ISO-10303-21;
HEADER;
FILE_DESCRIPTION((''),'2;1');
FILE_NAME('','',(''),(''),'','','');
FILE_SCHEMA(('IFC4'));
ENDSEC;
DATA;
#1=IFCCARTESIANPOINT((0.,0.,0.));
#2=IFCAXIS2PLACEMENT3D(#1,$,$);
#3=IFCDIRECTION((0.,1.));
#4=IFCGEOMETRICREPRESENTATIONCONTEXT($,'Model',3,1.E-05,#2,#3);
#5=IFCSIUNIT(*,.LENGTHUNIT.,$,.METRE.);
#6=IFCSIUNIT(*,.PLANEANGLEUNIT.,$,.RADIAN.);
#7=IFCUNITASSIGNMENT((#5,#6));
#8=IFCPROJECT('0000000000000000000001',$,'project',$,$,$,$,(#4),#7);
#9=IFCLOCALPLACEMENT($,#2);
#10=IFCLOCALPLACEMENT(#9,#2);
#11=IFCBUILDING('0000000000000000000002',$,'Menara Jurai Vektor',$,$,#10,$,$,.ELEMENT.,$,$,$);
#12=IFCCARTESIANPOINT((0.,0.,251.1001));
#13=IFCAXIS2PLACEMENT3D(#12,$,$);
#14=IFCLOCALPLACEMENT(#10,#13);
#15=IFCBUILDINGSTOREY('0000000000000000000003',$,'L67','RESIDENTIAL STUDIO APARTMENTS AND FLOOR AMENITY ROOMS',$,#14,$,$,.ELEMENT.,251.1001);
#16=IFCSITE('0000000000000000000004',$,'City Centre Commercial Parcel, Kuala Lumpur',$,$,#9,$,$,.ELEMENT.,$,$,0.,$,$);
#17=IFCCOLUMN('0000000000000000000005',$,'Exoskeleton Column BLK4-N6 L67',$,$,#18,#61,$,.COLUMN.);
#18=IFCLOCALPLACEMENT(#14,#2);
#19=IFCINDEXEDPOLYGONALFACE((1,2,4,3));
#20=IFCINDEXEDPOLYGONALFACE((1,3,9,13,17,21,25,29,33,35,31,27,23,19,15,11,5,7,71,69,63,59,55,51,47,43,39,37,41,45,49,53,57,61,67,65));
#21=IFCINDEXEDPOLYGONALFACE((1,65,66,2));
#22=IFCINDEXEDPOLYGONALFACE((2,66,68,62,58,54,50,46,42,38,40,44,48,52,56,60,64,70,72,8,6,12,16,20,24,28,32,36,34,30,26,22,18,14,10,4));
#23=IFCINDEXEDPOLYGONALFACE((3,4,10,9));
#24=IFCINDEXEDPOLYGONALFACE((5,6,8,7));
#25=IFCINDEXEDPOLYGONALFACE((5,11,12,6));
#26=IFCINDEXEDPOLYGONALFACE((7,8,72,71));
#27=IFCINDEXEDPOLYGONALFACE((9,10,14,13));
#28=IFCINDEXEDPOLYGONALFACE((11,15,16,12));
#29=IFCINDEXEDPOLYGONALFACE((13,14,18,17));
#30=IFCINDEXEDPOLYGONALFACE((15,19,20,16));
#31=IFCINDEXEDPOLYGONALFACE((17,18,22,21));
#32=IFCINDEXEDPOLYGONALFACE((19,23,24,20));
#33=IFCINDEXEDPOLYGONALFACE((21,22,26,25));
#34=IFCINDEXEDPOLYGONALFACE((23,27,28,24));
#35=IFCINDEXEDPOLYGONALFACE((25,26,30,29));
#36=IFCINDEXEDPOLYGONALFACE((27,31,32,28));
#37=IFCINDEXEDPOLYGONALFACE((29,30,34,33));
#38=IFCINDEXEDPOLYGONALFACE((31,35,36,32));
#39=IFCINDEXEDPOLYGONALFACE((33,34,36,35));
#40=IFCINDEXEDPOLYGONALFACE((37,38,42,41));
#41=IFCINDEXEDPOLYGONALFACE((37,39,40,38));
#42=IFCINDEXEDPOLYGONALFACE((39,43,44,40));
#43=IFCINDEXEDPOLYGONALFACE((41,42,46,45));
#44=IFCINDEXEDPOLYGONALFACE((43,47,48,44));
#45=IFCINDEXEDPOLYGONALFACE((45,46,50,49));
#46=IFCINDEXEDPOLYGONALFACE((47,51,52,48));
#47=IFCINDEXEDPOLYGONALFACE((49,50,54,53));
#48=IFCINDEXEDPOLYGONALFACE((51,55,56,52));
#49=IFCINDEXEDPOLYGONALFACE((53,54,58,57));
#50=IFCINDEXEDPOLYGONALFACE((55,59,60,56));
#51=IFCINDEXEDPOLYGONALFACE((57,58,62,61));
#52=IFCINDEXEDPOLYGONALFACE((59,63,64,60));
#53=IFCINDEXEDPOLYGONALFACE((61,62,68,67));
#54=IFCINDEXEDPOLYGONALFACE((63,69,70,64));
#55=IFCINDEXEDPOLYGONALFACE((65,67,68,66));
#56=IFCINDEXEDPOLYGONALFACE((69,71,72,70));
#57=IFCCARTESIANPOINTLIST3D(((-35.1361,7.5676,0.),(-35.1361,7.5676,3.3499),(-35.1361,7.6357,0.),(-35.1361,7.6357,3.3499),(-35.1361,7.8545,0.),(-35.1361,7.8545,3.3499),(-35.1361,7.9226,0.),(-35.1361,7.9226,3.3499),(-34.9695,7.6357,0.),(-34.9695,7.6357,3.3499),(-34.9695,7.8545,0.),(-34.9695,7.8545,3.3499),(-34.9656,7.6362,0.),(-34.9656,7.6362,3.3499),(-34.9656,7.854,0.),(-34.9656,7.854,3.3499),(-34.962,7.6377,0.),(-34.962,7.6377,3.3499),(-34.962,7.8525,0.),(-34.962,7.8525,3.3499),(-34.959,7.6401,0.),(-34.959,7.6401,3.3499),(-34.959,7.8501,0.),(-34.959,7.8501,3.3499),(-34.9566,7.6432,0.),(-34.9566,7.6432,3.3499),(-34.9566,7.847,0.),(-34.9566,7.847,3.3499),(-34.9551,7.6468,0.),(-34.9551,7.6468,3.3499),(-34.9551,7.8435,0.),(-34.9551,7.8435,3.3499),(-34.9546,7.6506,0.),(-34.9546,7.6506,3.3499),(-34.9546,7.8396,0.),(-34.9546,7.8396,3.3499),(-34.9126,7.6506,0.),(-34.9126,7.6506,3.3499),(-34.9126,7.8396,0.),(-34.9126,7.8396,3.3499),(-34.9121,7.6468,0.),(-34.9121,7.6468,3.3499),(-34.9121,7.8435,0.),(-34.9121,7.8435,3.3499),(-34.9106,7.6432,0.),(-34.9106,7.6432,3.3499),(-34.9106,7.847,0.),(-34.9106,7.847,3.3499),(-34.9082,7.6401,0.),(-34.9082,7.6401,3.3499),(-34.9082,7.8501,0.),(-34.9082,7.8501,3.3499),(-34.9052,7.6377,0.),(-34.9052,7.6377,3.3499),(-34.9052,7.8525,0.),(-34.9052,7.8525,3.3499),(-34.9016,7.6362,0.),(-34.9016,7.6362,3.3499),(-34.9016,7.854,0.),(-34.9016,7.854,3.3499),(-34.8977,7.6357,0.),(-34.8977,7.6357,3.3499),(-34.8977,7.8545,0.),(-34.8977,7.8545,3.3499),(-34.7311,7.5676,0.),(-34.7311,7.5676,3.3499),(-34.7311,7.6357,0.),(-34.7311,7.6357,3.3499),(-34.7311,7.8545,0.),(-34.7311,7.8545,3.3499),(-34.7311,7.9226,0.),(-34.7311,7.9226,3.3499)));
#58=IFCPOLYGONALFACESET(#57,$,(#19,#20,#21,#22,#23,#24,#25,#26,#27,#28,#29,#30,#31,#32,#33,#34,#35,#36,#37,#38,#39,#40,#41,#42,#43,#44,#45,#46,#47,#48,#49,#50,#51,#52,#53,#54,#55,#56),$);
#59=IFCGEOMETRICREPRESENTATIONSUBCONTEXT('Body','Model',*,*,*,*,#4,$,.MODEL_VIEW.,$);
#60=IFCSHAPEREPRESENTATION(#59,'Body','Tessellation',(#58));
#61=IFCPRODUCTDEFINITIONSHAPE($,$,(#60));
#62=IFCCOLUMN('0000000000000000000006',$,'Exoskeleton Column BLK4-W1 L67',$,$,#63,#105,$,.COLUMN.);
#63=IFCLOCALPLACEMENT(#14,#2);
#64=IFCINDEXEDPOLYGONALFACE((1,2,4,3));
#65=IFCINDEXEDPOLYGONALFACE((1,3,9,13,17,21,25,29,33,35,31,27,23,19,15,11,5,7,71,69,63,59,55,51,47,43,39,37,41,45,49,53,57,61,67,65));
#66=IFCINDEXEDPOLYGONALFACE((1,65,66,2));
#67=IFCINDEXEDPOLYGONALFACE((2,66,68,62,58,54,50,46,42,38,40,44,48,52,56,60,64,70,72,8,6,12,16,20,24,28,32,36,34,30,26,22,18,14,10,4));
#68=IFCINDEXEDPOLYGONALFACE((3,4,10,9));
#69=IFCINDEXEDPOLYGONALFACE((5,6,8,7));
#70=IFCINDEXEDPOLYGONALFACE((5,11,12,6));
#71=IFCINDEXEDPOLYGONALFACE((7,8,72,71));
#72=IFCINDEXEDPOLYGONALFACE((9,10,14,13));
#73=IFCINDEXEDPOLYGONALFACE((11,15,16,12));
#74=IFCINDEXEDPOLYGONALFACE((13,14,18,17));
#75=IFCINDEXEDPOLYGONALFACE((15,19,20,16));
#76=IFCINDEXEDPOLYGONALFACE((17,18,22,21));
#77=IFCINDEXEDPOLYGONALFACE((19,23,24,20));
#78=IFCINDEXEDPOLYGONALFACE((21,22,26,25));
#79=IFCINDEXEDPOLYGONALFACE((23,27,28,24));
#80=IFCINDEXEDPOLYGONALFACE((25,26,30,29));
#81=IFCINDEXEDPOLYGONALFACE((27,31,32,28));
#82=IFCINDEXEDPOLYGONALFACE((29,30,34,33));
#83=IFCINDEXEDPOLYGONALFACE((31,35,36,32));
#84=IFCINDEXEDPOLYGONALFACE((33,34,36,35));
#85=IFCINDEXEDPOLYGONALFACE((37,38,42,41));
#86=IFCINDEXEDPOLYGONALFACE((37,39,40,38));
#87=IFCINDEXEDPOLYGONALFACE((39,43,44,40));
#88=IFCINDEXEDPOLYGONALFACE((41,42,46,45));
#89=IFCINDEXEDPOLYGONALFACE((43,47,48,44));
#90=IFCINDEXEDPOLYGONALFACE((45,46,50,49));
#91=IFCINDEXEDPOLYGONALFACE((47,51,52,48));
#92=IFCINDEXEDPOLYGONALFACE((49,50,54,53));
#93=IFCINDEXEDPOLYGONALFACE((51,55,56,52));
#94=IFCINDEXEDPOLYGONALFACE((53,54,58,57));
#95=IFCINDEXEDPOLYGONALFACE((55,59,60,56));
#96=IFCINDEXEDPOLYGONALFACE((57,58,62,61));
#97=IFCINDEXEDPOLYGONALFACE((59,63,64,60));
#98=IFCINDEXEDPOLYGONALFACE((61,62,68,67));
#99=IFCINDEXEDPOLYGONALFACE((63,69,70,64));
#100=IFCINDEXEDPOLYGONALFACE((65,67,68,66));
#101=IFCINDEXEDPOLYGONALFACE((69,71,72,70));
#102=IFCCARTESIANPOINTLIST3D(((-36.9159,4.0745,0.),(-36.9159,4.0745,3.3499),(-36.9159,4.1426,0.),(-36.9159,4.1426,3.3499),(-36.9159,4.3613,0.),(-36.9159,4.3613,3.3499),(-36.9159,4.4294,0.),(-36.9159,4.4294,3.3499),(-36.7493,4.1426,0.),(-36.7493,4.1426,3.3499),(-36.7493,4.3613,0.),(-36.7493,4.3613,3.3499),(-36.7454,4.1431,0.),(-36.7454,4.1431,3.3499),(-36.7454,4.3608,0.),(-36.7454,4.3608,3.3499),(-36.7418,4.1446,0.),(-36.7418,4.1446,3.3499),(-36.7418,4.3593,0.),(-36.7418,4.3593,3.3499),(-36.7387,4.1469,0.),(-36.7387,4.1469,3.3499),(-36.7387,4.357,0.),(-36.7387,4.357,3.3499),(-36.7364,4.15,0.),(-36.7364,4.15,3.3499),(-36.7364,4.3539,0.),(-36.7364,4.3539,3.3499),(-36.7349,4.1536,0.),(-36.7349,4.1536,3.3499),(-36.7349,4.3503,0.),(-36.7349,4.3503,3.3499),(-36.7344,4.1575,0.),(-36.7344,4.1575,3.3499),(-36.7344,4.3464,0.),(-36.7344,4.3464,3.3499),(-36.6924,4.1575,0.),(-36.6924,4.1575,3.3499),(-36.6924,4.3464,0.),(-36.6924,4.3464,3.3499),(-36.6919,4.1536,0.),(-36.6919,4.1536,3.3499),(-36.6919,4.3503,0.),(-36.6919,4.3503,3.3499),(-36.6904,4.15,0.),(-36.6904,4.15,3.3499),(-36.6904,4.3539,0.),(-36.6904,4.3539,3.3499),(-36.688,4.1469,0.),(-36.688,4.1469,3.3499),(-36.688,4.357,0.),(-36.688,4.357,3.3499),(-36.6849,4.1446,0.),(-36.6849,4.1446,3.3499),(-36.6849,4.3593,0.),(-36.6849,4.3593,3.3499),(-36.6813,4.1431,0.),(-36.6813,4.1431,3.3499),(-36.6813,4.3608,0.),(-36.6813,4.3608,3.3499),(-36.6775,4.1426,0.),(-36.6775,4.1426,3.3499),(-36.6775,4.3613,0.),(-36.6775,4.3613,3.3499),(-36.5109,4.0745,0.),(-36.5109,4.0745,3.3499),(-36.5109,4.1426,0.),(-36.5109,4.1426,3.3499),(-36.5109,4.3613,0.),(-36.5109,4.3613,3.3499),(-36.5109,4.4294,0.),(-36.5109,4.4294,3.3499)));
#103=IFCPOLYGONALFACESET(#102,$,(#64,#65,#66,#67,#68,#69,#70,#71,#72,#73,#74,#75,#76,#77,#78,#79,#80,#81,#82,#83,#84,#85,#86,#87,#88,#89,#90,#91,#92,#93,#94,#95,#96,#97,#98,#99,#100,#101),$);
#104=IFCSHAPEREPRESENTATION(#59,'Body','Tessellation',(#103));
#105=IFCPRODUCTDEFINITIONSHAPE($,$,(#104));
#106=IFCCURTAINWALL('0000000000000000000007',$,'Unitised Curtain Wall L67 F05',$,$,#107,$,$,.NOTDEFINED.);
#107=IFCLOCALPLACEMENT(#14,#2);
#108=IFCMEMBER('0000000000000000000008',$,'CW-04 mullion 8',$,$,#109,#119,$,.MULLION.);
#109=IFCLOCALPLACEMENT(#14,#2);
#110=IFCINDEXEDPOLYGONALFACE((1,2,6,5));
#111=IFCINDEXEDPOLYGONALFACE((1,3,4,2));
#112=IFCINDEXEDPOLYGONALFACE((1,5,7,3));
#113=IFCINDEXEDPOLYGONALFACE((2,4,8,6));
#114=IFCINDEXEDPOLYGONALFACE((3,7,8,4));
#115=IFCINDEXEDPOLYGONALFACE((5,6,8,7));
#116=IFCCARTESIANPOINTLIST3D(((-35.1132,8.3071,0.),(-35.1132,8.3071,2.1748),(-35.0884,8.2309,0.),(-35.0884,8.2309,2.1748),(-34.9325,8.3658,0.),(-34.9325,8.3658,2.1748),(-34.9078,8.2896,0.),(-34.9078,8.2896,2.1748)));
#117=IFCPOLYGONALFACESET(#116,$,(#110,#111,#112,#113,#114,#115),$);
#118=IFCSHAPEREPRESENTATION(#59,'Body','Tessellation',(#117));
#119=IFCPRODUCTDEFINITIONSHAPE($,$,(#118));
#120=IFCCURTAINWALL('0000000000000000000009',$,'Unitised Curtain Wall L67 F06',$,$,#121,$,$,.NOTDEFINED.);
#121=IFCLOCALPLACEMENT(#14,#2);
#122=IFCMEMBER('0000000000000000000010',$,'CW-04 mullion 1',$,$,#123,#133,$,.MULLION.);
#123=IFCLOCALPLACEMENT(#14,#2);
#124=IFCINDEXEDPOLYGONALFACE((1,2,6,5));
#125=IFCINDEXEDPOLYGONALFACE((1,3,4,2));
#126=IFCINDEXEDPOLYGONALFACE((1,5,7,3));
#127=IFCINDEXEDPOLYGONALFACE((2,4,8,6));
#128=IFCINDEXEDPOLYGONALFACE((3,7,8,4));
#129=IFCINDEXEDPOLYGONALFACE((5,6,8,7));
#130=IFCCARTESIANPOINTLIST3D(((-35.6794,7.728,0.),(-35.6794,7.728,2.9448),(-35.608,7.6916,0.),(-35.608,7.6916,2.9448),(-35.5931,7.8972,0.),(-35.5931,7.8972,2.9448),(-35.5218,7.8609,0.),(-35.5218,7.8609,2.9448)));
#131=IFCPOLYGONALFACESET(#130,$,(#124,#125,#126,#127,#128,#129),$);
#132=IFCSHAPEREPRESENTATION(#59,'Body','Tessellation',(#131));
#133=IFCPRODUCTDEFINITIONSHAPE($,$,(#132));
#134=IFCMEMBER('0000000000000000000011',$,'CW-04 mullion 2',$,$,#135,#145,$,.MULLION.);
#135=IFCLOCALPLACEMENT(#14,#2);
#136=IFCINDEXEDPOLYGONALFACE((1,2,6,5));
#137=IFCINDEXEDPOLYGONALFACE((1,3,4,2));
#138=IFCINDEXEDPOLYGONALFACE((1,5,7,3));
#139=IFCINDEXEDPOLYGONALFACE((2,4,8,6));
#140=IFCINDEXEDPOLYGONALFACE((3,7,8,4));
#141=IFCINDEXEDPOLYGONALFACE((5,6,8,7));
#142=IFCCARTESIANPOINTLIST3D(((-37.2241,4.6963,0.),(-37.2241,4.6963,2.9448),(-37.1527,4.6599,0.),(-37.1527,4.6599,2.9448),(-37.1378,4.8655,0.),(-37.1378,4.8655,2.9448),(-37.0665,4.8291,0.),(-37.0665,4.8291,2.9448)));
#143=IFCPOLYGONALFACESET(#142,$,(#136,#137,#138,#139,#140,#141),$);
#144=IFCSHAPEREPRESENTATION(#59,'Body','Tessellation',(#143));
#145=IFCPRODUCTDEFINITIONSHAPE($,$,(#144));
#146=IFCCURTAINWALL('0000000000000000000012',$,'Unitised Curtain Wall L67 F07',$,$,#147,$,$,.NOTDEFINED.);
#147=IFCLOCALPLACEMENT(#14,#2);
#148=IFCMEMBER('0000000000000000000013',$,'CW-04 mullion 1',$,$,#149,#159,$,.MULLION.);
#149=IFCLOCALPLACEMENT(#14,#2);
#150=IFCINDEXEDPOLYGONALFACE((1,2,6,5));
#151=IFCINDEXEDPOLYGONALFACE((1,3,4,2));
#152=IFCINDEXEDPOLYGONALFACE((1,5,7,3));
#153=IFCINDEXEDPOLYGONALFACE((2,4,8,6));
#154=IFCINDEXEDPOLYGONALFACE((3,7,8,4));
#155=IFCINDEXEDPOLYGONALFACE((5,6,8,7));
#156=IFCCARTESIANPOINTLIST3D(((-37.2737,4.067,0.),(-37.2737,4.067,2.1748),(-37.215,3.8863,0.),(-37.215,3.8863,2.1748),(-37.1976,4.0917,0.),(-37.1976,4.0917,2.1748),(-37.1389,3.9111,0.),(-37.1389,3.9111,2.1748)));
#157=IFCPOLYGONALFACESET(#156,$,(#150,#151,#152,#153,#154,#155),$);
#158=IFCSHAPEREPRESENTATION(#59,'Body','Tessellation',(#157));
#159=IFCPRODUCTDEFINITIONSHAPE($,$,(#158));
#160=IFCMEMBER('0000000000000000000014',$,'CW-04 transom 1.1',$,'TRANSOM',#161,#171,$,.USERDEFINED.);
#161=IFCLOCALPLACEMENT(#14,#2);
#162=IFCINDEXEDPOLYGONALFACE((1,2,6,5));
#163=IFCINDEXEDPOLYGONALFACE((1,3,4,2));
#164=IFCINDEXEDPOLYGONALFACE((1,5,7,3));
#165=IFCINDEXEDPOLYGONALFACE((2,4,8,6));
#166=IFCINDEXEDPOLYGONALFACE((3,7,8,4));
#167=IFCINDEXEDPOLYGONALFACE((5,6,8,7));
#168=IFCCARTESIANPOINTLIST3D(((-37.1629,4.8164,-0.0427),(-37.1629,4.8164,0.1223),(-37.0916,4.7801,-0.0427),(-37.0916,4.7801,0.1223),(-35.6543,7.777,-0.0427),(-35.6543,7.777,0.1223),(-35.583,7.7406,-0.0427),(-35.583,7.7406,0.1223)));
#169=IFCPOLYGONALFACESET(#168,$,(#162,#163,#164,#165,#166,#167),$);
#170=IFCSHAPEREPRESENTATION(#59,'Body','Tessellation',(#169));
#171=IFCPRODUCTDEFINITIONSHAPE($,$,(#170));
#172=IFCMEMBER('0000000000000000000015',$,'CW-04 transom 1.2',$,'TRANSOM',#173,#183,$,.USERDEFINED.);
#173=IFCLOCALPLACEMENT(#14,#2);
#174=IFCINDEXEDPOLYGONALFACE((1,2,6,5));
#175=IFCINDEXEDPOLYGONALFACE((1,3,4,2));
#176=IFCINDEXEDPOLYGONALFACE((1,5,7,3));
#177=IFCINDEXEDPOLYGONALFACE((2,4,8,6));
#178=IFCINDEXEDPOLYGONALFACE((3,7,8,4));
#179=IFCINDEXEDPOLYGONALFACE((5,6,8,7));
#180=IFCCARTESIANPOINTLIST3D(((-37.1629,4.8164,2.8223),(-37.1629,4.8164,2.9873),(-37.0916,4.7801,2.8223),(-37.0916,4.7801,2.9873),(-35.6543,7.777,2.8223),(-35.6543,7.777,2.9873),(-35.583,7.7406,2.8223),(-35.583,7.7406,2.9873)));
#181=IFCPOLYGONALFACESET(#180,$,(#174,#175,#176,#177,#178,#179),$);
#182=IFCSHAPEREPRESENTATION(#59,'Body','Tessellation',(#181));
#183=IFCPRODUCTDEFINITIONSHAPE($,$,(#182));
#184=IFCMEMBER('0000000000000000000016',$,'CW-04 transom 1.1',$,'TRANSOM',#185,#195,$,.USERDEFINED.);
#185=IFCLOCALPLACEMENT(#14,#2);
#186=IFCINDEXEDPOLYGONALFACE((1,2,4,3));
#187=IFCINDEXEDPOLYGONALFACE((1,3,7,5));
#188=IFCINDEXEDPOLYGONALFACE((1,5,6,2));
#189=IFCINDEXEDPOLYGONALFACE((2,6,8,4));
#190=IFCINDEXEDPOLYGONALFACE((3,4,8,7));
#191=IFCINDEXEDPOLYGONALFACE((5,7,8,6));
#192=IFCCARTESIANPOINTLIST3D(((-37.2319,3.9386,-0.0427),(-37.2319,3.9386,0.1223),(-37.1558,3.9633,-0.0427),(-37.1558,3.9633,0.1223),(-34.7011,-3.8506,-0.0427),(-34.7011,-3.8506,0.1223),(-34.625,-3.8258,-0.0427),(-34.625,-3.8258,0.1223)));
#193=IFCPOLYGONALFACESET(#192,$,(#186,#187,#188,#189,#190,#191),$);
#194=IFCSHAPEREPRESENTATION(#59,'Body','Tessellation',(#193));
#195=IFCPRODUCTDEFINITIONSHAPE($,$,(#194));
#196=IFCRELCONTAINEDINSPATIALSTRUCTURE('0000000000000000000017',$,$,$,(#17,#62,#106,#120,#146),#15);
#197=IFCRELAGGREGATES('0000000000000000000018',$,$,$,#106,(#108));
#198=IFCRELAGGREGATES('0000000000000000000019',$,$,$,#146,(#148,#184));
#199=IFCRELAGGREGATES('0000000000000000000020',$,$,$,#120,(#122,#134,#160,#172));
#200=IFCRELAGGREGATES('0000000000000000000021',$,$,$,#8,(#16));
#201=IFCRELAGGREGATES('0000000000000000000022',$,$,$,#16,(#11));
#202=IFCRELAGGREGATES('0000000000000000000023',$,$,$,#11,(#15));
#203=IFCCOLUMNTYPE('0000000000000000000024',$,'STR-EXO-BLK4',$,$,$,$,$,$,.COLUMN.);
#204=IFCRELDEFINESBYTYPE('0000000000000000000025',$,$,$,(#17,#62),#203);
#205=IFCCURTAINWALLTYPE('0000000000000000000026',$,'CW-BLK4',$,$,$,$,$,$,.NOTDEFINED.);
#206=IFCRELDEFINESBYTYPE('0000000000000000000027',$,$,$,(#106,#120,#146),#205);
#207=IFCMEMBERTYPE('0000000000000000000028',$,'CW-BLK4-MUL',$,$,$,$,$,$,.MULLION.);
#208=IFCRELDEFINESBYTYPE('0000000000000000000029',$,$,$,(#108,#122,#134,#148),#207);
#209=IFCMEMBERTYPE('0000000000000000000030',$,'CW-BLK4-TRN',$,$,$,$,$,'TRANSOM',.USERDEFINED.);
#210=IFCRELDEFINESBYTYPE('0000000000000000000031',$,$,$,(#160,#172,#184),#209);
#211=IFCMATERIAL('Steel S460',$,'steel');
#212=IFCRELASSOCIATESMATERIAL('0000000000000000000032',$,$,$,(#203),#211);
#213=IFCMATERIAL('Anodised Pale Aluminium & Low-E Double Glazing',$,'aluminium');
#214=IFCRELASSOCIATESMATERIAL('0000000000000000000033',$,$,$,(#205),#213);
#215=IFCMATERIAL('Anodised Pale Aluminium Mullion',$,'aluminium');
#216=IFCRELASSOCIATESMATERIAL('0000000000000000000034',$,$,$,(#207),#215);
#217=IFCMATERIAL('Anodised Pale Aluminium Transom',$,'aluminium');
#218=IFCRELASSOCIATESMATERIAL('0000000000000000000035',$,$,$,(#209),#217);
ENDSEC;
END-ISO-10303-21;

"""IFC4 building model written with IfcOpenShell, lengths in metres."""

from ifc_helpers import new_model, si_unit, direction, frame, origin, origin_2d, place, context, subcontext, project, spatial, rectangle, i_section, extrude, material, material_profile, profile_set, type_object, element, aggregate, save


model = new_model("IFC4")

# Units and contexts
model_context = context("Model", 3, precision=1e-05, world=origin(), true_north=direction((0.0, 1.0)))
body_context = subcontext(model_context, "Body", "Model", "MODEL_VIEW")
ifc_project = project(units=[si_unit("LENGTHUNIT", "METRE"), si_unit("PLANEANGLEUNIT", "RADIAN")], contexts=[model_context])

# Site, building, storey
site_placement = place(None, origin())
site = spatial("IfcSite", under=ifc_project, at=site_placement, Name="City Centre Commercial Parcel, Kuala Lumpur", CompositionType="ELEMENT", RefElevation=0.0)
building_placement = place(site_placement, origin())
building = spatial("IfcBuilding", under=site, at=building_placement, Name="Menara Jurai Vektor", CompositionType="ELEMENT")
storey_placement = place(building_placement, frame((0.0, 0.0, 251.1001)))
storey = spatial("IfcBuildingStorey", under=building, at=storey_placement, Name="L67", Description="RESIDENTIAL STUDIO APARTMENTS AND FLOOR AMENITY ROOMS", CompositionType="ELEMENT", Elevation=251.1001)

# Columns
ifc_material_1 = material(Name="Steel S460", Category="steel")
ifc_material_profile_1 = material_profile(ifc_material_1, i_section(OverallWidth=0.405, OverallDepth=0.355, WebThickness=0.042, FlangeThickness=0.0681, FilletRadius=0.0149, at=origin_2d()), Name="HD 400x551")
ifc_profile_set_1 = profile_set([ifc_material_profile_1], Name="Steel S460")
column_type = type_object("IfcColumnType", Name="STR-EXO-BLK4", PredefinedType="COLUMN", material=ifc_profile_set_1)
for number, where, z_axis, x_axis, name in (
    (1, (-34.9336, 7.7451, 0.0), (0.0, 0.0, 1.0), (1.0, 0.0, 0.0), "Exoskeleton Column BLK4-N6 L67"),
    (2, (-36.7134, 4.252, 0.0), (0.0, 0.0, 1.0), (1.0, 0.0, 0.0), "Exoskeleton Column BLK4-W1 L67"),
):
    element("IfcColumn", number, at=place(storey_placement, frame(where, z_axis=z_axis, x_axis=x_axis)), inside=storey, type_object=column_type, Name=name, PredefinedType="COLUMN", context=body_context, shape_type="SweptSolid", body=[
        extrude(i_section(OverallWidth=0.405, OverallDepth=0.355, WebThickness=0.042, FlangeThickness=0.0681, FilletRadius=0.0149, at=origin_2d()), origin(), (0.0, 0.0, 1.0), 3.3499),
    ])

# Curtain wall, member
ifc_material_2 = material(Name="Anodised Pale Aluminium & Low-E Double Glazing", Category="aluminium")
curtain_wall_type = type_object("IfcCurtainWallType", Name="CW-BLK4", PredefinedType="NOTDEFINED", material=ifc_material_2)
curtain_wall_1_placement = place(storey_placement, origin())
curtain_wall_1 = element("IfcCurtainWall", 3, at=curtain_wall_1_placement, inside=storey, type_object=curtain_wall_type, Name="Unitised Curtain Wall L67 F05", PredefinedType="NOTDEFINED")
ifc_material_3 = material(Name="Anodised Pale Aluminium Mullion", Category="aluminium")
ifc_material_profile_2 = material_profile(ifc_material_3, rectangle(XDim=0.0801, YDim=0.1899, at=origin_2d()), Name="ALU MUL 80x190")
ifc_profile_set_2 = profile_set([ifc_material_profile_2], Name="Anodised Pale Aluminium Mullion")
member_type_1 = type_object("IfcMemberType", Name="CW-BLK4-MUL", PredefinedType="MULLION", material=ifc_profile_set_2)
member_1_placement = place(storey_placement, frame((-35.0105, 8.2983, 0.0), z_axis=(0.0, 0.0, 1.0), x_axis=(0.309017, -0.951056, 0.0)))
member_1 = element("IfcMember", 4, at=member_1_placement, type_object=member_type_1, Name="CW-04 mullion 8", PredefinedType="MULLION", context=body_context, shape_type="SweptSolid", body=[
    extrude(rectangle(XDim=0.0801, YDim=0.1899, at=origin_2d()), origin(), (0.0, 0.0, 1.0), 2.1748),
])

# Curtain wall, members
curtain_wall_2_placement = place(storey_placement, origin())
curtain_wall_2 = element("IfcCurtainWall", 5, at=curtain_wall_2_placement, inside=storey, type_object=curtain_wall_type, Name="Unitised Curtain Wall L67 F06", PredefinedType="NOTDEFINED")
member_2_placement = place(storey_placement, frame((-35.6006, 7.7944, 0.0), z_axis=(0.0, 0.0, 1.0), x_axis=(0.891008, -0.453989, 0.0)))
member_2 = element("IfcMember", 6, at=member_2_placement, type_object=member_type_1, Name="CW-04 mullion 1", PredefinedType="MULLION", context=body_context, shape_type="SweptSolid", body=[
    extrude(rectangle(XDim=0.0801, YDim=0.1899, at=origin_2d()), origin(), (0.0, 0.0, 1.0), 2.9448),
])
member_3_placement = place(storey_placement, frame((-37.1453, 4.7627, 0.0), z_axis=(0.0, 0.0, 1.0), x_axis=(0.891008, -0.453989, 0.0)))
member_3 = element("IfcMember", 7, at=member_3_placement, type_object=member_type_1, Name="CW-04 mullion 2", PredefinedType="MULLION", context=body_context, shape_type="SweptSolid", body=[
    extrude(rectangle(XDim=0.0801, YDim=0.1899, at=origin_2d()), origin(), (0.0, 0.0, 1.0), 2.9448),
])

# Curtain wall, member
curtain_wall_3_placement = place(storey_placement, origin())
curtain_wall_3 = element("IfcCurtainWall", 8, at=curtain_wall_3_placement, inside=storey, type_object=curtain_wall_type, Name="Unitised Curtain Wall L67 F07", PredefinedType="NOTDEFINED")
member_4_placement = place(storey_placement, frame((-37.2063, 3.989, 0.0), z_axis=(0.0, 0.0, 1.0), x_axis=(0.951057, 0.309016, 0.0)))
member_4 = element("IfcMember", 9, at=member_4_placement, type_object=member_type_1, Name="CW-04 mullion 1", PredefinedType="MULLION", context=body_context, shape_type="SweptSolid", body=[
    extrude(rectangle(XDim=0.0801, YDim=0.1899, at=origin_2d()), origin(), (0.0, 0.0, 1.0), 2.1748),
])

# Members
ifc_material_4 = material(Name="Anodised Pale Aluminium Transom", Category="aluminium")
ifc_material_profile_3 = material_profile(ifc_material_4, rectangle(XDim=0.0801, YDim=0.165, at=origin_2d()), Name="ALU TRN 80x165")
ifc_profile_set_3 = profile_set([ifc_material_profile_3], Name="Anodised Pale Aluminium Transom")
member_type_2 = type_object("IfcMemberType", Name="CW-BLK4-TRN", ElementType="TRANSOM", PredefinedType="USERDEFINED", material=ifc_profile_set_3)
member_5_placement = place(storey_placement, frame((-35.6187, 7.7588, 0.0398), z_axis=(-0.454019, -0.890992, 0.0), x_axis=(0.890992, -0.454019, 0.0)))
member_5 = element("IfcMember", 10, at=member_5_placement, type_object=member_type_2, Name="CW-04 transom 1.1", ObjectType="TRANSOM", PredefinedType="USERDEFINED", context=body_context, shape_type="SweptSolid", body=[
    extrude(rectangle(XDim=0.0801, YDim=0.165, at=origin_2d()), origin(), (0.0, 0.0, 1.0), 3.3228),
])
member_6_placement = place(storey_placement, frame((-35.6187, 7.7588, 2.9048), z_axis=(-0.454019, -0.890992, 0.0), x_axis=(0.890992, -0.454019, 0.0)))
member_6 = element("IfcMember", 11, at=member_6_placement, type_object=member_type_2, Name="CW-04 transom 1.2", ObjectType="TRANSOM", PredefinedType="USERDEFINED", context=body_context, shape_type="SweptSolid", body=[
    extrude(rectangle(XDim=0.0801, YDim=0.165, at=origin_2d()), origin(), (0.0, 0.0, 1.0), 3.3228),
])
member_7_placement = place(storey_placement, frame((-37.1938, 3.9509, 0.0398), z_axis=(0.309011, -0.951059, 0.0), x_axis=(0.951059, 0.309011, 0.0)))
member_7 = element("IfcMember", 12, at=member_7_placement, type_object=member_type_2, Name="CW-04 transom 1.1", ObjectType="TRANSOM", PredefinedType="USERDEFINED", context=body_context, shape_type="SweptSolid", body=[
    extrude(rectangle(XDim=0.0801, YDim=0.165, at=origin_2d()), origin(), (0.0, 0.0, 1.0), 8.1899),
])

aggregate(curtain_wall_1, [member_1])
aggregate(curtain_wall_3, [member_4, member_7])
aggregate(curtain_wall_2, [member_2, member_3, member_5, member_6])

save(model, "model.ifc")
